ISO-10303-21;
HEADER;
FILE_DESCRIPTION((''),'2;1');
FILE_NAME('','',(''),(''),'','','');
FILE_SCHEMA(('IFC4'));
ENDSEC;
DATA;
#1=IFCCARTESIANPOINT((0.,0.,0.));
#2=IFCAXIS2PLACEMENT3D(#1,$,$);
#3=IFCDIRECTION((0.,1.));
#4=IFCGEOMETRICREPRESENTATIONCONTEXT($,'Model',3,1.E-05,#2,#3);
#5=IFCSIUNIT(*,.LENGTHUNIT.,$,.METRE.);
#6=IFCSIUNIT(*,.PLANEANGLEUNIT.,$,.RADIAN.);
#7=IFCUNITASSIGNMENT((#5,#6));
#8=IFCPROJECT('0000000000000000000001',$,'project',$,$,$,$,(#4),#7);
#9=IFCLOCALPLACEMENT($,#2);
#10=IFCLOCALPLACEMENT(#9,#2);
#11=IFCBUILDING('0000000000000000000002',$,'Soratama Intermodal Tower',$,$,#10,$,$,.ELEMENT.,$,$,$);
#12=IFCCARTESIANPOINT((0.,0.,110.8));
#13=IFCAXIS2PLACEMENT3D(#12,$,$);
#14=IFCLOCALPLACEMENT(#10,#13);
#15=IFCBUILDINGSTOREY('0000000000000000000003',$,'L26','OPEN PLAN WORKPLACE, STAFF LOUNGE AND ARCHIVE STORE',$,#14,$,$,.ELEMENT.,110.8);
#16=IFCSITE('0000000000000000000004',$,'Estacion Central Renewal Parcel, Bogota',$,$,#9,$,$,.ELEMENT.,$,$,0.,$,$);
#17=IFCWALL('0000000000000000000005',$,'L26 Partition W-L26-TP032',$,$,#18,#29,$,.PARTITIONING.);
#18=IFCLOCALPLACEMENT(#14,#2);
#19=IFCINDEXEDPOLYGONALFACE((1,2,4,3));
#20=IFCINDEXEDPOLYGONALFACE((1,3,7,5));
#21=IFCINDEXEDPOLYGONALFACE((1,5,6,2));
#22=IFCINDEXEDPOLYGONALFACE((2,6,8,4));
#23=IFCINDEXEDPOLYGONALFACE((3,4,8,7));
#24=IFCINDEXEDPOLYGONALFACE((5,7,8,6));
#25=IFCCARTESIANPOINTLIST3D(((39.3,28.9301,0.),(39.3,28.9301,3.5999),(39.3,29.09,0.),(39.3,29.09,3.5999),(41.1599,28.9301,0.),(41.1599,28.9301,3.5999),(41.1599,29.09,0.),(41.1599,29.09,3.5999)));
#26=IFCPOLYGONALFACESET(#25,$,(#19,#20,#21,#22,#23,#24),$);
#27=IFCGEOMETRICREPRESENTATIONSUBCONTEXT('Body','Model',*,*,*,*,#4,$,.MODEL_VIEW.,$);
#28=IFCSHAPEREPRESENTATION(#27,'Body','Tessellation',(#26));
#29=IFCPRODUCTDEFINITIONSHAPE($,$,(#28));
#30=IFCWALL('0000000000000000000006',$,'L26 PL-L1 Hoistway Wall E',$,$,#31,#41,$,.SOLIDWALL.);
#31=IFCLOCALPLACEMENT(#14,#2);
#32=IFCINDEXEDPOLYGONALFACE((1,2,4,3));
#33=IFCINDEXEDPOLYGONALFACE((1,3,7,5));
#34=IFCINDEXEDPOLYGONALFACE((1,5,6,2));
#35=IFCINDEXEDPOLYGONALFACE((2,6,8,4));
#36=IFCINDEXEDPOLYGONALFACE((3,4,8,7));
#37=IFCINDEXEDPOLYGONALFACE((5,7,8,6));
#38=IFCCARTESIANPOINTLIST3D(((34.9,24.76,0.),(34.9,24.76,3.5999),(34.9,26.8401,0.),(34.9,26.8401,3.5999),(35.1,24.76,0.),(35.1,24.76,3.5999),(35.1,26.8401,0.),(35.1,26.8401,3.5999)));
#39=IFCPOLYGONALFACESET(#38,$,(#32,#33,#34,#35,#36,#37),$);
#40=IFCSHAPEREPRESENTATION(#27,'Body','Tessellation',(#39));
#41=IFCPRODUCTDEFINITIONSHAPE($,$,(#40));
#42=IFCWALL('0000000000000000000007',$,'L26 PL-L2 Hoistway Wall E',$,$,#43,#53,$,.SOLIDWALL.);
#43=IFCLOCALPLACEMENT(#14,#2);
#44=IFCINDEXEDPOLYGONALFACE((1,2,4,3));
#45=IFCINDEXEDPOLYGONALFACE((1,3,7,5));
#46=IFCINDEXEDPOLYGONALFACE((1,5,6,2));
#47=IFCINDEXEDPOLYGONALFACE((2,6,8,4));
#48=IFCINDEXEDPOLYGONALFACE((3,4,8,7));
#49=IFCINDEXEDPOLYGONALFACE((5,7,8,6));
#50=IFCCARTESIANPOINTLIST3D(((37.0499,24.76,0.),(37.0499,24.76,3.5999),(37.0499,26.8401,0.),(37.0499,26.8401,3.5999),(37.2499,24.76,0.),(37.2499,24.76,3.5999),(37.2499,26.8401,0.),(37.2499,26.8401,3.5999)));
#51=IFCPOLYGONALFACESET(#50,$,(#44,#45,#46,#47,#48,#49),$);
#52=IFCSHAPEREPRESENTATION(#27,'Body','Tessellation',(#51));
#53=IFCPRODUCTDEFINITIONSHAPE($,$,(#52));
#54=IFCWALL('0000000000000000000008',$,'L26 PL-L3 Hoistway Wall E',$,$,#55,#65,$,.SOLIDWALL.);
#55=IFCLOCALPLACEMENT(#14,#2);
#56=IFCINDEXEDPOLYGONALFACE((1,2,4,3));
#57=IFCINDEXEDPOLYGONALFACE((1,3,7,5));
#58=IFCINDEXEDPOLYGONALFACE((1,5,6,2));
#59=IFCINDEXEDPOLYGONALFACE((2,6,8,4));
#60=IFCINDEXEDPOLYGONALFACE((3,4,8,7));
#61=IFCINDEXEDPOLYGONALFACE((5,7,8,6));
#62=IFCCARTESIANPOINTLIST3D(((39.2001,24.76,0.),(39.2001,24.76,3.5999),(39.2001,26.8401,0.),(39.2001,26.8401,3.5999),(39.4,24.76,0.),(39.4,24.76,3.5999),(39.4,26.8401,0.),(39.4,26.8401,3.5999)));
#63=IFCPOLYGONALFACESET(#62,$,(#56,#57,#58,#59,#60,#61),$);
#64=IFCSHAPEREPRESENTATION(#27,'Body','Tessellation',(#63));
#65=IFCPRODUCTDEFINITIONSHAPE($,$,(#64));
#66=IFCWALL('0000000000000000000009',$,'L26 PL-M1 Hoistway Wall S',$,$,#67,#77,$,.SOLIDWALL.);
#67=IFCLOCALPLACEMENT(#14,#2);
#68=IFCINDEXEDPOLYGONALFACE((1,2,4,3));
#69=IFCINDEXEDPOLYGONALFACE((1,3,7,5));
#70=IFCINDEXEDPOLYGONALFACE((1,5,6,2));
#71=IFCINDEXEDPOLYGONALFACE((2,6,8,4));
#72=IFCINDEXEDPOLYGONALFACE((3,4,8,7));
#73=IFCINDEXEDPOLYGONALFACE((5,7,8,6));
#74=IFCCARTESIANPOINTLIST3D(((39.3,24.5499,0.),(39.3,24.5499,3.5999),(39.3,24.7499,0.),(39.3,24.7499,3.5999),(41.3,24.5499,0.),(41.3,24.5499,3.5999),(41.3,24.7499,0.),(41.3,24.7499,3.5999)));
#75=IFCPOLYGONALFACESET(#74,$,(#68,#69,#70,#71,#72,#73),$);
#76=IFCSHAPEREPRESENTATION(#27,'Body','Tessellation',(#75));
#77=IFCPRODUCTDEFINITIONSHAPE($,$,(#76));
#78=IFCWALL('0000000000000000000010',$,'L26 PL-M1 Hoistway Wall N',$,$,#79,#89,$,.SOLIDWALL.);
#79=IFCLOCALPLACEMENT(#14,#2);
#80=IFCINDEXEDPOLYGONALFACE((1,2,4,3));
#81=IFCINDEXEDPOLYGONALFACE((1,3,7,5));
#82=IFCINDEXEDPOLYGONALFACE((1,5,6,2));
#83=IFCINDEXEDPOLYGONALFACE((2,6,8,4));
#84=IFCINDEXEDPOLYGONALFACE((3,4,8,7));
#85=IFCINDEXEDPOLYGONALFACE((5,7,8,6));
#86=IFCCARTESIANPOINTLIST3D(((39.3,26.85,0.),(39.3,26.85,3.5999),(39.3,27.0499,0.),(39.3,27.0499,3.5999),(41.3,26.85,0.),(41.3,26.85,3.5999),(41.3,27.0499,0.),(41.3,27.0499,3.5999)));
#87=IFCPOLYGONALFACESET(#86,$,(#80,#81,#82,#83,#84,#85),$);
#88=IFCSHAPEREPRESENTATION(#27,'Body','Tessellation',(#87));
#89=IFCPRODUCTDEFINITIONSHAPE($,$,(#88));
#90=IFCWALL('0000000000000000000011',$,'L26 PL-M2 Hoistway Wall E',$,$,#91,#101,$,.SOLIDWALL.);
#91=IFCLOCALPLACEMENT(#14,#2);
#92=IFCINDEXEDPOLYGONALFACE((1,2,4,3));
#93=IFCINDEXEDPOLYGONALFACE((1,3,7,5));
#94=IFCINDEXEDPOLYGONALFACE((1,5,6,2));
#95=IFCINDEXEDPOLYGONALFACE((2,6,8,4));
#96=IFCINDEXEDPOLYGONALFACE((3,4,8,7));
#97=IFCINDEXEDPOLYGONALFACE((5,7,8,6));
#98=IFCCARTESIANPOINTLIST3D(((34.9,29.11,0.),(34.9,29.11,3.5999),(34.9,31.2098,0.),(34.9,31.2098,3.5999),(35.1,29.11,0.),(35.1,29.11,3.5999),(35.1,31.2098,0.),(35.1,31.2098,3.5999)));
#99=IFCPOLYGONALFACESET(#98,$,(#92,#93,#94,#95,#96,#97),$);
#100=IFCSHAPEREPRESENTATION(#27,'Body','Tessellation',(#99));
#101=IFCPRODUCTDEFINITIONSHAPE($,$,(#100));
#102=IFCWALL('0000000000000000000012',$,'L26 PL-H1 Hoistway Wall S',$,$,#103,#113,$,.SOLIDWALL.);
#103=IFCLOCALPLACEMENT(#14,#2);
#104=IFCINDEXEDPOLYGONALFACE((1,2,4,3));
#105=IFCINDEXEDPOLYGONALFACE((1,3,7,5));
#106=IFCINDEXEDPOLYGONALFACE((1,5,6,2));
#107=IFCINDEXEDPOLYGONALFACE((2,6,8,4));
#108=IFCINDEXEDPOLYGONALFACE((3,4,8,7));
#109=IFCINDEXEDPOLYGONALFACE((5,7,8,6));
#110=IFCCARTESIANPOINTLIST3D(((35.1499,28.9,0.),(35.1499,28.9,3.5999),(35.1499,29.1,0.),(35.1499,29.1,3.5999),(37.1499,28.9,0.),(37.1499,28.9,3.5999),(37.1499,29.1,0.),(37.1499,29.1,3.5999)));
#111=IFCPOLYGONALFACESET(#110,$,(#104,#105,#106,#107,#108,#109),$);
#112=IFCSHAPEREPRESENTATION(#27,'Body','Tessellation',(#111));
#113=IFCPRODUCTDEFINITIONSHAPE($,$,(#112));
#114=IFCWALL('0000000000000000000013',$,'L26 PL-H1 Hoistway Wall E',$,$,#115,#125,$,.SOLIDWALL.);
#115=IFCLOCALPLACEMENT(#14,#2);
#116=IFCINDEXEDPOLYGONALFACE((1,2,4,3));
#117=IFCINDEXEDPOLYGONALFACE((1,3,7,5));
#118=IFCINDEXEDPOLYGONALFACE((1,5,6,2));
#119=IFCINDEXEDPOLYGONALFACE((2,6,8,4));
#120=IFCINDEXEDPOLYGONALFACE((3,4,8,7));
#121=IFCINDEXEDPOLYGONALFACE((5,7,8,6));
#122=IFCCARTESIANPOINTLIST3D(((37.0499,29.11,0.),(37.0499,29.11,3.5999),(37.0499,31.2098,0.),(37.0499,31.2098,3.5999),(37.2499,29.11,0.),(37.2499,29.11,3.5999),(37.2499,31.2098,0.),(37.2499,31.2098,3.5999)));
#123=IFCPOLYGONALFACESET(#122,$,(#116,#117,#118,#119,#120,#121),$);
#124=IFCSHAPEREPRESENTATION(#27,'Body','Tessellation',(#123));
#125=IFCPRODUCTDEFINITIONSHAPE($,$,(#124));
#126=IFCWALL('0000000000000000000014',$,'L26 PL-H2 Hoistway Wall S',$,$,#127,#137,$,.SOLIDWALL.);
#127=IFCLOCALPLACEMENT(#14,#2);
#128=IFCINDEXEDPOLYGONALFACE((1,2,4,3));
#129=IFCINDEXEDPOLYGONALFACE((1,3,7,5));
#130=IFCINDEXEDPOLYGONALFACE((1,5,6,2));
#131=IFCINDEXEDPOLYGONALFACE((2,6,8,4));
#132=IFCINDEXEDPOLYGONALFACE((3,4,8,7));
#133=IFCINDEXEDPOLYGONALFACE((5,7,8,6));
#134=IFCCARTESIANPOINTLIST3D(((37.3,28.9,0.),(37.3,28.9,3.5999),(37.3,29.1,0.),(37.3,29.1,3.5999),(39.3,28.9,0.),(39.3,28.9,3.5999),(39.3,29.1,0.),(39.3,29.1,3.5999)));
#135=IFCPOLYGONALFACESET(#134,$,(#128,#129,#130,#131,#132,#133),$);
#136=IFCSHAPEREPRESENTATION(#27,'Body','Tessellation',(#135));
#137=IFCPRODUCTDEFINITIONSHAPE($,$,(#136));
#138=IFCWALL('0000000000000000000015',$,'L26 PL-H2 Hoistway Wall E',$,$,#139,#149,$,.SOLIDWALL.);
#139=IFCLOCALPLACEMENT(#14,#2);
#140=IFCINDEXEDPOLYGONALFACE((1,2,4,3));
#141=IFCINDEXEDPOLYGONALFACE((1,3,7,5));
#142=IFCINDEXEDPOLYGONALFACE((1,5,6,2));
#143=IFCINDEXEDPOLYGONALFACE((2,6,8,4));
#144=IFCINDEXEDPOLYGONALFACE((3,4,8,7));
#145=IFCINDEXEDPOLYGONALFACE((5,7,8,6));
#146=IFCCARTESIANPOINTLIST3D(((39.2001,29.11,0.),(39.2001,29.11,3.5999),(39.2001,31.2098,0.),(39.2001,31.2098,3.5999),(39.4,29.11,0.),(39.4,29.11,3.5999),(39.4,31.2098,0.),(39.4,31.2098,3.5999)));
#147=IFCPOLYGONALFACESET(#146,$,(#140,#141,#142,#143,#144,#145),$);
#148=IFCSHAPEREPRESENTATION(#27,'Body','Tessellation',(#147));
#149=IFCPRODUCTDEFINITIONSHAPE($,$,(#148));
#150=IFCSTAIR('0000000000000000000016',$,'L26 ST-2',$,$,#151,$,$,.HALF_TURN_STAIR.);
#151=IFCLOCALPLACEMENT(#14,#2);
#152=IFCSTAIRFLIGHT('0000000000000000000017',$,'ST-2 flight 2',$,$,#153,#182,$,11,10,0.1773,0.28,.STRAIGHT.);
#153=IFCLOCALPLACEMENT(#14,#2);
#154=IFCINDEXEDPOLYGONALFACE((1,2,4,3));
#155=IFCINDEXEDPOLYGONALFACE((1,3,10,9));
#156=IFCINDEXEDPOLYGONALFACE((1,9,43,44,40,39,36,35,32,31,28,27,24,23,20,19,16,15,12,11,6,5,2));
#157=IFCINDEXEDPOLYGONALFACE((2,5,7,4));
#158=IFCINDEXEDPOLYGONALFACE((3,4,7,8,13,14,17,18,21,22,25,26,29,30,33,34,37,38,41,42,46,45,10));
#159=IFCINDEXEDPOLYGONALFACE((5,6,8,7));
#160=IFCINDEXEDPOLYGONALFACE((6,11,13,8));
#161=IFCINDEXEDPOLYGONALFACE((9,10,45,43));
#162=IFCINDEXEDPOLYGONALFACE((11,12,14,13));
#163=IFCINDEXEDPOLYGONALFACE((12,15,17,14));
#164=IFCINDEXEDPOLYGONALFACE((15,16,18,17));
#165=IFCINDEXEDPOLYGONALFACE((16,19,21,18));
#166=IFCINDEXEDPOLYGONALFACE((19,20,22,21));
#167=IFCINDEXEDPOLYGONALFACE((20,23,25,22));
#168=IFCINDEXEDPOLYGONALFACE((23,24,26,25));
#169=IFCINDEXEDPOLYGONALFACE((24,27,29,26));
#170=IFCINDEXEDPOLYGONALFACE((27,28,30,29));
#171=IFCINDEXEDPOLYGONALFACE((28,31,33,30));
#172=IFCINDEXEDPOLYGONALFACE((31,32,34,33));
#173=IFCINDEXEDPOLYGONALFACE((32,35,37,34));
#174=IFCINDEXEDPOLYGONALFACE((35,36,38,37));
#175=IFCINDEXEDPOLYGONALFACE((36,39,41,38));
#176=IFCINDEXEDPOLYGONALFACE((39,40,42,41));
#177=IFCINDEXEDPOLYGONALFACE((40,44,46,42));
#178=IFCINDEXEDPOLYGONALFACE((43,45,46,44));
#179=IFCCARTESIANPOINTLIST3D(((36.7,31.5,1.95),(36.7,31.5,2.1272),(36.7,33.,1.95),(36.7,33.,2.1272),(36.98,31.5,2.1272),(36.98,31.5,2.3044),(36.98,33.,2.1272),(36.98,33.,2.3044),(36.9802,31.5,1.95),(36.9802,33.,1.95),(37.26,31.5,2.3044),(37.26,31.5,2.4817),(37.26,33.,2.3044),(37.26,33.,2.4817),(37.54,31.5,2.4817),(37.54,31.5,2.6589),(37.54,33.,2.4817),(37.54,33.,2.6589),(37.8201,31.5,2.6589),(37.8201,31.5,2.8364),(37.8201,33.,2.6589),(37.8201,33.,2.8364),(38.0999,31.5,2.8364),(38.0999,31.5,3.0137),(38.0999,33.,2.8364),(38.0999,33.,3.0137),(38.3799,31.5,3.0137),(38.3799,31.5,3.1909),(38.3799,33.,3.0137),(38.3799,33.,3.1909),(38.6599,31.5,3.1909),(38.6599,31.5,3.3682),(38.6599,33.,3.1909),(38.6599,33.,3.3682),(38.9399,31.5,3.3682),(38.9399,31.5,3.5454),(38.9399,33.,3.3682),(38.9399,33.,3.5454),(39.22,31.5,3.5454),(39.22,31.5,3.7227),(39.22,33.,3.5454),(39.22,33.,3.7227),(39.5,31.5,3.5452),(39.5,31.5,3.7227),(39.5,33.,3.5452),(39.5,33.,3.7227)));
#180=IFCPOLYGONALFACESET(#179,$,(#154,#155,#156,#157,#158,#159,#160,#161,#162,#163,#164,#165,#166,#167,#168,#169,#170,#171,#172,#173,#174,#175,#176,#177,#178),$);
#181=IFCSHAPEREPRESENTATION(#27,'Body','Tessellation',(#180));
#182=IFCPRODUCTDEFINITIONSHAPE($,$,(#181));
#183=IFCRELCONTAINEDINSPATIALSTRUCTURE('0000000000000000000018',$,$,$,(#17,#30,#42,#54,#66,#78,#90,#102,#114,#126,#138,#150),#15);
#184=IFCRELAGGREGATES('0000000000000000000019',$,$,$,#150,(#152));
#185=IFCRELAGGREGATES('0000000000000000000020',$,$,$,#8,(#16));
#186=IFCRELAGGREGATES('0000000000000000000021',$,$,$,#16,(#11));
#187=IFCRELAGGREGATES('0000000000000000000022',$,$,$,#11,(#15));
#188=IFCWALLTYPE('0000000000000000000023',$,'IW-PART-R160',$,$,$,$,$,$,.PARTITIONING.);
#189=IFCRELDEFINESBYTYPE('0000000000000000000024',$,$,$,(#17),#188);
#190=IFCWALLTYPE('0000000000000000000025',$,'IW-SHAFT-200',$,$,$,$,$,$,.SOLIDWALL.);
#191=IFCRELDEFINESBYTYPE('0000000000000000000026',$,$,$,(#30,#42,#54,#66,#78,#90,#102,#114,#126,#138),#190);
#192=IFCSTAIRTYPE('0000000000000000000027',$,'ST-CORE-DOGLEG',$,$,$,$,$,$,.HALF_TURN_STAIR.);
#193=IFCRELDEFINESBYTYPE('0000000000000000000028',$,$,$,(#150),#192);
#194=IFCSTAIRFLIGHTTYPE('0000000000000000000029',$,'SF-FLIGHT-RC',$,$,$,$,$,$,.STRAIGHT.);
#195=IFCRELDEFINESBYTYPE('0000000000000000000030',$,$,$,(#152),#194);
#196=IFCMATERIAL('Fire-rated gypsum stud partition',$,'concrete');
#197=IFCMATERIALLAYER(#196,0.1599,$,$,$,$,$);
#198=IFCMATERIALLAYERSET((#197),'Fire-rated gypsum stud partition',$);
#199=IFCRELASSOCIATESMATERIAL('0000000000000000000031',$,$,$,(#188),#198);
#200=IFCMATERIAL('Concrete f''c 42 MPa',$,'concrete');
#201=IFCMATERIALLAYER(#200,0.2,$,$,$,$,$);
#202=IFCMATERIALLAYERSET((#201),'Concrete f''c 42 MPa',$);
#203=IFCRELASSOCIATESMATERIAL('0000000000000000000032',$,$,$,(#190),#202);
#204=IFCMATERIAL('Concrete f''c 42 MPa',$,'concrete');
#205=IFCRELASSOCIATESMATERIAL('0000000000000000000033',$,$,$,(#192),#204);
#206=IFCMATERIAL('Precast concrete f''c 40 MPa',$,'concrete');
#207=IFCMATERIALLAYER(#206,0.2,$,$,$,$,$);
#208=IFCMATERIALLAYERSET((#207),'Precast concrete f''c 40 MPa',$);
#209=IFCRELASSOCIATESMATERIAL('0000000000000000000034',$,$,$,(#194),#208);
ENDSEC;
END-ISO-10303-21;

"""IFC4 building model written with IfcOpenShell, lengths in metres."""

from ifc_helpers import new_model, si_unit, direction, frame, frame_2d, origin, place, context, subcontext, project, spatial, polyline, rectangle, outline, extrude, material, layer, layer_set, type_object, element, aggregate, save


model = new_model("IFC4")

# Units and contexts
model_context = context("Model", 3, precision=1e-05, world=origin(), true_north=direction((0.0, 1.0)))
body_context = subcontext(model_context, "Body", "Model", "MODEL_VIEW")
ifc_project = project(units=[si_unit("LENGTHUNIT", "METRE"), si_unit("PLANEANGLEUNIT", "RADIAN")], contexts=[model_context])

# Site, building, storey
site_placement = place(None, origin())
site = spatial("IfcSite", under=ifc_project, at=site_placement, Name="Estacion Central Renewal Parcel, Bogota", CompositionType="ELEMENT", RefElevation=0.0)
building_placement = place(site_placement, origin())
building = spatial("IfcBuilding", under=site, at=building_placement, Name="Soratama Intermodal Tower", CompositionType="ELEMENT")
storey_placement = place(building_placement, frame((0.0, 0.0, 110.8)))
storey = spatial("IfcBuildingStorey", under=building, at=storey_placement, Name="L26", Description="OPEN PLAN WORKPLACE, STAFF LOUNGE AND ARCHIVE STORE", CompositionType="ELEMENT", Elevation=110.8)

# Walls
ifc_material_1 = material(Name="Fire-rated gypsum stud partition", Category="concrete")
ifc_layer_1 = layer(ifc_material_1, 0.1599)
ifc_layer_set_1 = layer_set([ifc_layer_1], Name="Fire-rated gypsum stud partition")
wall_type_1 = type_object("IfcWallType", Name="IW-PART-R160", PredefinedType="PARTITIONING", material=ifc_layer_set_1)
wall_1_placement = place(storey_placement, frame((39.3, 29.01, 0.0), z_axis=(0.0, 0.0, 1.0), x_axis=(1.0, 0.0, 0.0)))
element("IfcWall", 1, at=wall_1_placement, inside=storey, type_object=wall_type_1, Name="L26 Partition W-L26-TP032", PredefinedType="PARTITIONING", context=body_context, shape_type="SweptSolid", body=[
    extrude(rectangle(XDim=1.8599, YDim=0.1599, at=frame_2d((0.9299, 0.0))), origin(), (0.0, 0.0, 1.0), 3.5999),
])
ifc_material_2 = material(Name="Concrete f'c 42 MPa", Category="concrete")
ifc_layer_2 = layer(ifc_material_2, 0.2)
ifc_layer_set_2 = layer_set([ifc_layer_2], Name="Concrete f'c 42 MPa")
wall_type_2 = type_object("IfcWallType", Name="IW-SHAFT-200", PredefinedType="SOLIDWALL", material=ifc_layer_set_2)
wall_2_placement = place(storey_placement, frame((35.0, 24.76, 0.0), z_axis=(0.0, 0.0, 1.0), x_axis=(0.0, 1.0, 0.0)))
element("IfcWall", 2, at=wall_2_placement, inside=storey, type_object=wall_type_2, Name="L26 PL-L1 Hoistway Wall E", PredefinedType="SOLIDWALL", context=body_context, shape_type="SweptSolid", body=[
    extrude(rectangle(XDim=2.0801, YDim=0.2, at=frame_2d((1.04, 0.0))), origin(), (0.0, 0.0, 1.0), 3.5999),
])

# Wall
wall_3_placement = place(storey_placement, frame((37.1499, 24.76, 0.0), z_axis=(0.0, 0.0, 1.0), x_axis=(0.0, 1.0, 0.0)))
element("IfcWall", 3, at=wall_3_placement, inside=storey, type_object=wall_type_2, Name="L26 PL-L2 Hoistway Wall E", PredefinedType="SOLIDWALL", context=body_context, shape_type="SweptSolid", body=[
    extrude(rectangle(XDim=2.0801, YDim=0.2, at=frame_2d((1.04, 0.0))), origin(), (0.0, 0.0, 1.0), 3.5999),
])

# Walls
wall_4_placement = place(storey_placement, frame((39.3, 24.76, 0.0), z_axis=(0.0, 0.0, 1.0), x_axis=(0.0, 1.0, 0.0)))
element("IfcWall", 4, at=wall_4_placement, inside=storey, type_object=wall_type_2, Name="L26 PL-L3 Hoistway Wall E", PredefinedType="SOLIDWALL", context=body_context, shape_type="SweptSolid", body=[
    extrude(rectangle(XDim=2.0801, YDim=0.2, at=frame_2d((1.04, 0.0))), origin(), (0.0, 0.0, 1.0), 3.5999),
])
for number, where, z_axis, x_axis, name in (
    (5, (39.3, 24.6499, 0.0), (0.0, 0.0, 1.0), (1.0, 0.0, 0.0), "L26 PL-M1 Hoistway Wall S"),
    (6, (39.3, 26.95, 0.0), (0.0, 0.0, 1.0), (1.0, 0.0, 0.0), "L26 PL-M1 Hoistway Wall N"),
):
    element("IfcWall", number, at=place(storey_placement, frame(where, z_axis=z_axis, x_axis=x_axis)), inside=storey, type_object=wall_type_2, Name=name, PredefinedType="SOLIDWALL", context=body_context, shape_type="SweptSolid", body=[
        extrude(rectangle(XDim=2.0, YDim=0.2, at=frame_2d((1.0, 0.0))), origin(), (0.0, 0.0, 1.0), 3.5999),
    ])
wall_5_placement = place(storey_placement, frame((35.0, 29.1101, 0.0), z_axis=(0.0, 0.0, 1.0), x_axis=(0.0, 1.0, 0.0)))
element("IfcWall", 7, at=wall_5_placement, inside=storey, type_object=wall_type_2, Name="L26 PL-M2 Hoistway Wall E", PredefinedType="SOLIDWALL", context=body_context, shape_type="SweptSolid", body=[
    extrude(rectangle(XDim=2.0999, YDim=0.2, at=frame_2d((1.0498, 0.0))), origin(), (0.0, 0.0, 1.0), 3.5999),
])
wall_6_placement = place(storey_placement, frame((35.1499, 29.0, 0.0), z_axis=(0.0, 0.0, 1.0), x_axis=(1.0, 0.0, 0.0)))
element("IfcWall", 8, at=wall_6_placement, inside=storey, type_object=wall_type_2, Name="L26 PL-H1 Hoistway Wall S", PredefinedType="SOLIDWALL", context=body_context, shape_type="SweptSolid", body=[
    extrude(rectangle(XDim=2.0, YDim=0.2, at=frame_2d((1.0, 0.0))), origin(), (0.0, 0.0, 1.0), 3.5999),
])
wall_7_placement = place(storey_placement, frame((37.1499, 29.1101, 0.0), z_axis=(0.0, 0.0, 1.0), x_axis=(0.0, 1.0, 0.0)))
element("IfcWall", 9, at=wall_7_placement, inside=storey, type_object=wall_type_2, Name="L26 PL-H1 Hoistway Wall E", PredefinedType="SOLIDWALL", context=body_context, shape_type="SweptSolid", body=[
    extrude(rectangle(XDim=2.0999, YDim=0.2, at=frame_2d((1.0498, 0.0))), origin(), (0.0, 0.0, 1.0), 3.5999),
])
wall_8_placement = place(storey_placement, frame((37.3, 29.0, 0.0), z_axis=(0.0, 0.0, 1.0), x_axis=(1.0, 0.0, 0.0)))
element("IfcWall", 10, at=wall_8_placement, inside=storey, type_object=wall_type_2, Name="L26 PL-H2 Hoistway Wall S", PredefinedType="SOLIDWALL", context=body_context, shape_type="SweptSolid", body=[
    extrude(rectangle(XDim=2.0, YDim=0.2, at=frame_2d((1.0, 0.0))), origin(), (0.0, 0.0, 1.0), 3.5999),
])
wall_9_placement = place(storey_placement, frame((39.3, 29.1101, 0.0), z_axis=(0.0, 0.0, 1.0), x_axis=(0.0, 1.0, 0.0)))
element("IfcWall", 11, at=wall_9_placement, inside=storey, type_object=wall_type_2, Name="L26 PL-H2 Hoistway Wall E", PredefinedType="SOLIDWALL", context=body_context, shape_type="SweptSolid", body=[
    extrude(rectangle(XDim=2.0999, YDim=0.2, at=frame_2d((1.0498, 0.0))), origin(), (0.0, 0.0, 1.0), 3.5999),
])

# Stair, stair flight
ifc_material_3 = material(Name="Concrete f'c 42 MPa", Category="concrete")
stair_type = type_object("IfcStairType", Name="ST-CORE-DOGLEG", PredefinedType="HALF_TURN_STAIR", material=ifc_material_3)
stair_placement = place(storey_placement, origin())
stair = element("IfcStair", 12, at=stair_placement, inside=storey, type_object=stair_type, Name="L26 ST-2", PredefinedType="HALF_TURN_STAIR")
ifc_material_4 = material(Name="Precast concrete f'c 40 MPa", Category="concrete")
ifc_layer_3 = layer(ifc_material_4, 0.2)
ifc_layer_set_3 = layer_set([ifc_layer_3], Name="Precast concrete f'c 40 MPa")
stair_flight_type = type_object("IfcStairFlightType", Name="SF-FLIGHT-RC", PredefinedType="STRAIGHT", material=ifc_layer_set_3)
stair_flight_placement = place(storey_placement, frame((36.7, 32.25, 1.95), z_axis=(0.0, 0.0, 1.0), x_axis=(1.0, 0.0, 0.0)))
stair_flight = element("IfcStairFlight", 13, at=stair_flight_placement, type_object=stair_flight_type, Name="ST-2 flight 2", NumberOfRisers=11, NumberOfTreads=10, PredefinedType="STRAIGHT", RiserHeight=0.1773, TreadLength=0.28, context=body_context, shape_type="SweptSolid", body=[
    extrude(outline(polyline([(0.0, 0.0), (0.0, 0.1772), (0.28, 0.1772), (0.28, 0.3545), (0.5601, 0.3545), (0.5601, 0.5317), (0.8401, 0.5317), (0.8401, 0.709), (1.1201, 0.709), (1.1201, 0.8865), (1.3999, 0.8865), (1.3999, 1.0637), (1.6799, 1.0637), (1.6799, 1.241), (1.96, 1.241), (1.96, 1.4182), (2.24, 1.4182), (2.24, 1.5955), (2.52, 1.5955), (2.52, 1.7727), (2.8, 1.7727), (2.8, 1.95), (2.8, 1.5952), (0.2803, 0.0), (0.0, 0.0)])), frame((0.0, 0.75, 0.0), z_axis=(0.0, -1.0, 0.0), x_axis=(1.0, 0.0, 0.0)), (0.0, 0.0, 1.0), 1.5),
])
aggregate(stair, [stair_flight])

save(model, "model.ifc")
